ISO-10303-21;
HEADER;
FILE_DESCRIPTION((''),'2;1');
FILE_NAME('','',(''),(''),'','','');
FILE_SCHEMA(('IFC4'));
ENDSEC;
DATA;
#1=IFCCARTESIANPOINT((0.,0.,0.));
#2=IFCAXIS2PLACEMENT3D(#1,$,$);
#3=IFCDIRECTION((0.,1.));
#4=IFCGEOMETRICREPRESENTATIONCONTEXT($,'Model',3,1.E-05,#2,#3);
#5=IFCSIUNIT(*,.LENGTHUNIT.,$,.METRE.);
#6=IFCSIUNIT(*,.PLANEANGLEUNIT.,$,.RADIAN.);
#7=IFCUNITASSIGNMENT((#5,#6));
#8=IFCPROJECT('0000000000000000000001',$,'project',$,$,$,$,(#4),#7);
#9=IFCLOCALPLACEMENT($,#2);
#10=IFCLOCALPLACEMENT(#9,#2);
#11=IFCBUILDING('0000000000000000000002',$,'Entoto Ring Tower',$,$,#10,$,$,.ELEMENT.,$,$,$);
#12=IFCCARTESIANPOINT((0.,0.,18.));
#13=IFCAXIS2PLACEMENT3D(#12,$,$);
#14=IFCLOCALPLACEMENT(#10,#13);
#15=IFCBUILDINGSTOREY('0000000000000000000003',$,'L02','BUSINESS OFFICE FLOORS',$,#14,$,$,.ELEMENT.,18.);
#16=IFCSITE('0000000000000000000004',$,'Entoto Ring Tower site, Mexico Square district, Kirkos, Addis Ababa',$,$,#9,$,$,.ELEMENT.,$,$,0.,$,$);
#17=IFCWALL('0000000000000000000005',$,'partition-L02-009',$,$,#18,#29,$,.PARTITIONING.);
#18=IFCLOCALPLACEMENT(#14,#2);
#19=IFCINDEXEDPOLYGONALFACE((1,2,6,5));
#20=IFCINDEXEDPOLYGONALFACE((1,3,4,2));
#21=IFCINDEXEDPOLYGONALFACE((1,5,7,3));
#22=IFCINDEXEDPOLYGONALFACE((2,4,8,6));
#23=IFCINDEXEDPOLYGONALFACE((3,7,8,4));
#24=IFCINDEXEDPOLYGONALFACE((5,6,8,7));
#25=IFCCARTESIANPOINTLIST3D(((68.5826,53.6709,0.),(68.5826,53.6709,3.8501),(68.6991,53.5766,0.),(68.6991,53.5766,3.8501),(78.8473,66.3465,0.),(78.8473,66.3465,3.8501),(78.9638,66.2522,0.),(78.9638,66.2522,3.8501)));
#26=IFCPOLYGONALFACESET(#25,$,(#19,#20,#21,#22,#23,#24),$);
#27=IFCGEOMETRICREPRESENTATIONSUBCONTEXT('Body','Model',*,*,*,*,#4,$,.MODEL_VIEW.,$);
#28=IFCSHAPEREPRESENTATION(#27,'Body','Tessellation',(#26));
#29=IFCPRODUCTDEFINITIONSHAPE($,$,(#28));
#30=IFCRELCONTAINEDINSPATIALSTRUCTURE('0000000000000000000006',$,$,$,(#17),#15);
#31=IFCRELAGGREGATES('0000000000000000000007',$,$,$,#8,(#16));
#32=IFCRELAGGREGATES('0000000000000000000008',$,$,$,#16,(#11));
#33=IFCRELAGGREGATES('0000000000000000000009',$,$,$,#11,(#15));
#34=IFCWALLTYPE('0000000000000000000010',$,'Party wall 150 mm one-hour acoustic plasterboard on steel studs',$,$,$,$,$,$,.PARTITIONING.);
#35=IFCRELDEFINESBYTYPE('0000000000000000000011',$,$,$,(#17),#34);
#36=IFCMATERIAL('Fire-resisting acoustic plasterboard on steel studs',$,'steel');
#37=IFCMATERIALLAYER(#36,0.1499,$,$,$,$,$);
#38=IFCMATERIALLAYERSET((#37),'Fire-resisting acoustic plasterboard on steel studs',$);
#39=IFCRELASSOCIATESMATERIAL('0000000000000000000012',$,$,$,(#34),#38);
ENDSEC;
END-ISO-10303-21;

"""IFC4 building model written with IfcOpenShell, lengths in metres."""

from ifc_helpers import new_model, si_unit, direction, frame, frame_2d, origin, place, context, subcontext, project, spatial, rectangle, extrude, material, layer, layer_set, type_object, element, save


model = new_model("IFC4")

# Units and contexts
model_context = context("Model", 3, precision=1e-05, world=origin(), true_north=direction((0.0, 1.0)))
body_context = subcontext(model_context, "Body", "Model", "MODEL_VIEW")
ifc_project = project(units=[si_unit("LENGTHUNIT", "METRE"), si_unit("PLANEANGLEUNIT", "RADIAN")], contexts=[model_context])

# Site, building, storey
site_placement = place(None, origin())
site = spatial("IfcSite", under=ifc_project, at=site_placement, Name="Entoto Ring Tower site, Mexico Square district, Kirkos, Addis Ababa", CompositionType="ELEMENT", RefElevation=0.0)
building_placement = place(site_placement, origin())
building = spatial("IfcBuilding", under=site, at=building_placement, Name="Entoto Ring Tower", CompositionType="ELEMENT")
storey_placement = place(building_placement, frame((0.0, 0.0, 18.0)))
storey = spatial("IfcBuildingStorey", under=building, at=storey_placement, Name="L02", Description="BUSINESS OFFICE FLOORS", CompositionType="ELEMENT", Elevation=18.0)

# Wall
ifc_material_1 = material(Name="Fire-resisting acoustic plasterboard on steel studs", Category="steel")
ifc_layer_1 = layer(ifc_material_1, 0.1499)
ifc_layer_set_1 = layer_set([ifc_layer_1], Name="Fire-resisting acoustic plasterboard on steel studs")
wall_type_1 = type_object("IfcWallType", Name="Party wall 150 mm one-hour acoustic plasterboard on steel studs", PredefinedType="PARTITIONING", material=ifc_layer_set_1)
wall_1_placement = place(storey_placement, frame((68.6409, 53.6238, 0.0), z_axis=(0.0, 0.0, 1.0), x_axis=(0.629328, 0.77714, 0.0)))
element("IfcWall", 1, at=wall_1_placement, inside=storey, type_object=wall_type_1, Name="partition-L02-009", PredefinedType="PARTITIONING", context=body_context, shape_type="SweptSolid", body=[
    extrude(rectangle(XDim=16.3105, YDim=0.1499, at=frame_2d((8.1553, 0.0))), origin(), (0.0, 0.0, 1.0), 3.8501),
])

save(model, "model.ifc")
